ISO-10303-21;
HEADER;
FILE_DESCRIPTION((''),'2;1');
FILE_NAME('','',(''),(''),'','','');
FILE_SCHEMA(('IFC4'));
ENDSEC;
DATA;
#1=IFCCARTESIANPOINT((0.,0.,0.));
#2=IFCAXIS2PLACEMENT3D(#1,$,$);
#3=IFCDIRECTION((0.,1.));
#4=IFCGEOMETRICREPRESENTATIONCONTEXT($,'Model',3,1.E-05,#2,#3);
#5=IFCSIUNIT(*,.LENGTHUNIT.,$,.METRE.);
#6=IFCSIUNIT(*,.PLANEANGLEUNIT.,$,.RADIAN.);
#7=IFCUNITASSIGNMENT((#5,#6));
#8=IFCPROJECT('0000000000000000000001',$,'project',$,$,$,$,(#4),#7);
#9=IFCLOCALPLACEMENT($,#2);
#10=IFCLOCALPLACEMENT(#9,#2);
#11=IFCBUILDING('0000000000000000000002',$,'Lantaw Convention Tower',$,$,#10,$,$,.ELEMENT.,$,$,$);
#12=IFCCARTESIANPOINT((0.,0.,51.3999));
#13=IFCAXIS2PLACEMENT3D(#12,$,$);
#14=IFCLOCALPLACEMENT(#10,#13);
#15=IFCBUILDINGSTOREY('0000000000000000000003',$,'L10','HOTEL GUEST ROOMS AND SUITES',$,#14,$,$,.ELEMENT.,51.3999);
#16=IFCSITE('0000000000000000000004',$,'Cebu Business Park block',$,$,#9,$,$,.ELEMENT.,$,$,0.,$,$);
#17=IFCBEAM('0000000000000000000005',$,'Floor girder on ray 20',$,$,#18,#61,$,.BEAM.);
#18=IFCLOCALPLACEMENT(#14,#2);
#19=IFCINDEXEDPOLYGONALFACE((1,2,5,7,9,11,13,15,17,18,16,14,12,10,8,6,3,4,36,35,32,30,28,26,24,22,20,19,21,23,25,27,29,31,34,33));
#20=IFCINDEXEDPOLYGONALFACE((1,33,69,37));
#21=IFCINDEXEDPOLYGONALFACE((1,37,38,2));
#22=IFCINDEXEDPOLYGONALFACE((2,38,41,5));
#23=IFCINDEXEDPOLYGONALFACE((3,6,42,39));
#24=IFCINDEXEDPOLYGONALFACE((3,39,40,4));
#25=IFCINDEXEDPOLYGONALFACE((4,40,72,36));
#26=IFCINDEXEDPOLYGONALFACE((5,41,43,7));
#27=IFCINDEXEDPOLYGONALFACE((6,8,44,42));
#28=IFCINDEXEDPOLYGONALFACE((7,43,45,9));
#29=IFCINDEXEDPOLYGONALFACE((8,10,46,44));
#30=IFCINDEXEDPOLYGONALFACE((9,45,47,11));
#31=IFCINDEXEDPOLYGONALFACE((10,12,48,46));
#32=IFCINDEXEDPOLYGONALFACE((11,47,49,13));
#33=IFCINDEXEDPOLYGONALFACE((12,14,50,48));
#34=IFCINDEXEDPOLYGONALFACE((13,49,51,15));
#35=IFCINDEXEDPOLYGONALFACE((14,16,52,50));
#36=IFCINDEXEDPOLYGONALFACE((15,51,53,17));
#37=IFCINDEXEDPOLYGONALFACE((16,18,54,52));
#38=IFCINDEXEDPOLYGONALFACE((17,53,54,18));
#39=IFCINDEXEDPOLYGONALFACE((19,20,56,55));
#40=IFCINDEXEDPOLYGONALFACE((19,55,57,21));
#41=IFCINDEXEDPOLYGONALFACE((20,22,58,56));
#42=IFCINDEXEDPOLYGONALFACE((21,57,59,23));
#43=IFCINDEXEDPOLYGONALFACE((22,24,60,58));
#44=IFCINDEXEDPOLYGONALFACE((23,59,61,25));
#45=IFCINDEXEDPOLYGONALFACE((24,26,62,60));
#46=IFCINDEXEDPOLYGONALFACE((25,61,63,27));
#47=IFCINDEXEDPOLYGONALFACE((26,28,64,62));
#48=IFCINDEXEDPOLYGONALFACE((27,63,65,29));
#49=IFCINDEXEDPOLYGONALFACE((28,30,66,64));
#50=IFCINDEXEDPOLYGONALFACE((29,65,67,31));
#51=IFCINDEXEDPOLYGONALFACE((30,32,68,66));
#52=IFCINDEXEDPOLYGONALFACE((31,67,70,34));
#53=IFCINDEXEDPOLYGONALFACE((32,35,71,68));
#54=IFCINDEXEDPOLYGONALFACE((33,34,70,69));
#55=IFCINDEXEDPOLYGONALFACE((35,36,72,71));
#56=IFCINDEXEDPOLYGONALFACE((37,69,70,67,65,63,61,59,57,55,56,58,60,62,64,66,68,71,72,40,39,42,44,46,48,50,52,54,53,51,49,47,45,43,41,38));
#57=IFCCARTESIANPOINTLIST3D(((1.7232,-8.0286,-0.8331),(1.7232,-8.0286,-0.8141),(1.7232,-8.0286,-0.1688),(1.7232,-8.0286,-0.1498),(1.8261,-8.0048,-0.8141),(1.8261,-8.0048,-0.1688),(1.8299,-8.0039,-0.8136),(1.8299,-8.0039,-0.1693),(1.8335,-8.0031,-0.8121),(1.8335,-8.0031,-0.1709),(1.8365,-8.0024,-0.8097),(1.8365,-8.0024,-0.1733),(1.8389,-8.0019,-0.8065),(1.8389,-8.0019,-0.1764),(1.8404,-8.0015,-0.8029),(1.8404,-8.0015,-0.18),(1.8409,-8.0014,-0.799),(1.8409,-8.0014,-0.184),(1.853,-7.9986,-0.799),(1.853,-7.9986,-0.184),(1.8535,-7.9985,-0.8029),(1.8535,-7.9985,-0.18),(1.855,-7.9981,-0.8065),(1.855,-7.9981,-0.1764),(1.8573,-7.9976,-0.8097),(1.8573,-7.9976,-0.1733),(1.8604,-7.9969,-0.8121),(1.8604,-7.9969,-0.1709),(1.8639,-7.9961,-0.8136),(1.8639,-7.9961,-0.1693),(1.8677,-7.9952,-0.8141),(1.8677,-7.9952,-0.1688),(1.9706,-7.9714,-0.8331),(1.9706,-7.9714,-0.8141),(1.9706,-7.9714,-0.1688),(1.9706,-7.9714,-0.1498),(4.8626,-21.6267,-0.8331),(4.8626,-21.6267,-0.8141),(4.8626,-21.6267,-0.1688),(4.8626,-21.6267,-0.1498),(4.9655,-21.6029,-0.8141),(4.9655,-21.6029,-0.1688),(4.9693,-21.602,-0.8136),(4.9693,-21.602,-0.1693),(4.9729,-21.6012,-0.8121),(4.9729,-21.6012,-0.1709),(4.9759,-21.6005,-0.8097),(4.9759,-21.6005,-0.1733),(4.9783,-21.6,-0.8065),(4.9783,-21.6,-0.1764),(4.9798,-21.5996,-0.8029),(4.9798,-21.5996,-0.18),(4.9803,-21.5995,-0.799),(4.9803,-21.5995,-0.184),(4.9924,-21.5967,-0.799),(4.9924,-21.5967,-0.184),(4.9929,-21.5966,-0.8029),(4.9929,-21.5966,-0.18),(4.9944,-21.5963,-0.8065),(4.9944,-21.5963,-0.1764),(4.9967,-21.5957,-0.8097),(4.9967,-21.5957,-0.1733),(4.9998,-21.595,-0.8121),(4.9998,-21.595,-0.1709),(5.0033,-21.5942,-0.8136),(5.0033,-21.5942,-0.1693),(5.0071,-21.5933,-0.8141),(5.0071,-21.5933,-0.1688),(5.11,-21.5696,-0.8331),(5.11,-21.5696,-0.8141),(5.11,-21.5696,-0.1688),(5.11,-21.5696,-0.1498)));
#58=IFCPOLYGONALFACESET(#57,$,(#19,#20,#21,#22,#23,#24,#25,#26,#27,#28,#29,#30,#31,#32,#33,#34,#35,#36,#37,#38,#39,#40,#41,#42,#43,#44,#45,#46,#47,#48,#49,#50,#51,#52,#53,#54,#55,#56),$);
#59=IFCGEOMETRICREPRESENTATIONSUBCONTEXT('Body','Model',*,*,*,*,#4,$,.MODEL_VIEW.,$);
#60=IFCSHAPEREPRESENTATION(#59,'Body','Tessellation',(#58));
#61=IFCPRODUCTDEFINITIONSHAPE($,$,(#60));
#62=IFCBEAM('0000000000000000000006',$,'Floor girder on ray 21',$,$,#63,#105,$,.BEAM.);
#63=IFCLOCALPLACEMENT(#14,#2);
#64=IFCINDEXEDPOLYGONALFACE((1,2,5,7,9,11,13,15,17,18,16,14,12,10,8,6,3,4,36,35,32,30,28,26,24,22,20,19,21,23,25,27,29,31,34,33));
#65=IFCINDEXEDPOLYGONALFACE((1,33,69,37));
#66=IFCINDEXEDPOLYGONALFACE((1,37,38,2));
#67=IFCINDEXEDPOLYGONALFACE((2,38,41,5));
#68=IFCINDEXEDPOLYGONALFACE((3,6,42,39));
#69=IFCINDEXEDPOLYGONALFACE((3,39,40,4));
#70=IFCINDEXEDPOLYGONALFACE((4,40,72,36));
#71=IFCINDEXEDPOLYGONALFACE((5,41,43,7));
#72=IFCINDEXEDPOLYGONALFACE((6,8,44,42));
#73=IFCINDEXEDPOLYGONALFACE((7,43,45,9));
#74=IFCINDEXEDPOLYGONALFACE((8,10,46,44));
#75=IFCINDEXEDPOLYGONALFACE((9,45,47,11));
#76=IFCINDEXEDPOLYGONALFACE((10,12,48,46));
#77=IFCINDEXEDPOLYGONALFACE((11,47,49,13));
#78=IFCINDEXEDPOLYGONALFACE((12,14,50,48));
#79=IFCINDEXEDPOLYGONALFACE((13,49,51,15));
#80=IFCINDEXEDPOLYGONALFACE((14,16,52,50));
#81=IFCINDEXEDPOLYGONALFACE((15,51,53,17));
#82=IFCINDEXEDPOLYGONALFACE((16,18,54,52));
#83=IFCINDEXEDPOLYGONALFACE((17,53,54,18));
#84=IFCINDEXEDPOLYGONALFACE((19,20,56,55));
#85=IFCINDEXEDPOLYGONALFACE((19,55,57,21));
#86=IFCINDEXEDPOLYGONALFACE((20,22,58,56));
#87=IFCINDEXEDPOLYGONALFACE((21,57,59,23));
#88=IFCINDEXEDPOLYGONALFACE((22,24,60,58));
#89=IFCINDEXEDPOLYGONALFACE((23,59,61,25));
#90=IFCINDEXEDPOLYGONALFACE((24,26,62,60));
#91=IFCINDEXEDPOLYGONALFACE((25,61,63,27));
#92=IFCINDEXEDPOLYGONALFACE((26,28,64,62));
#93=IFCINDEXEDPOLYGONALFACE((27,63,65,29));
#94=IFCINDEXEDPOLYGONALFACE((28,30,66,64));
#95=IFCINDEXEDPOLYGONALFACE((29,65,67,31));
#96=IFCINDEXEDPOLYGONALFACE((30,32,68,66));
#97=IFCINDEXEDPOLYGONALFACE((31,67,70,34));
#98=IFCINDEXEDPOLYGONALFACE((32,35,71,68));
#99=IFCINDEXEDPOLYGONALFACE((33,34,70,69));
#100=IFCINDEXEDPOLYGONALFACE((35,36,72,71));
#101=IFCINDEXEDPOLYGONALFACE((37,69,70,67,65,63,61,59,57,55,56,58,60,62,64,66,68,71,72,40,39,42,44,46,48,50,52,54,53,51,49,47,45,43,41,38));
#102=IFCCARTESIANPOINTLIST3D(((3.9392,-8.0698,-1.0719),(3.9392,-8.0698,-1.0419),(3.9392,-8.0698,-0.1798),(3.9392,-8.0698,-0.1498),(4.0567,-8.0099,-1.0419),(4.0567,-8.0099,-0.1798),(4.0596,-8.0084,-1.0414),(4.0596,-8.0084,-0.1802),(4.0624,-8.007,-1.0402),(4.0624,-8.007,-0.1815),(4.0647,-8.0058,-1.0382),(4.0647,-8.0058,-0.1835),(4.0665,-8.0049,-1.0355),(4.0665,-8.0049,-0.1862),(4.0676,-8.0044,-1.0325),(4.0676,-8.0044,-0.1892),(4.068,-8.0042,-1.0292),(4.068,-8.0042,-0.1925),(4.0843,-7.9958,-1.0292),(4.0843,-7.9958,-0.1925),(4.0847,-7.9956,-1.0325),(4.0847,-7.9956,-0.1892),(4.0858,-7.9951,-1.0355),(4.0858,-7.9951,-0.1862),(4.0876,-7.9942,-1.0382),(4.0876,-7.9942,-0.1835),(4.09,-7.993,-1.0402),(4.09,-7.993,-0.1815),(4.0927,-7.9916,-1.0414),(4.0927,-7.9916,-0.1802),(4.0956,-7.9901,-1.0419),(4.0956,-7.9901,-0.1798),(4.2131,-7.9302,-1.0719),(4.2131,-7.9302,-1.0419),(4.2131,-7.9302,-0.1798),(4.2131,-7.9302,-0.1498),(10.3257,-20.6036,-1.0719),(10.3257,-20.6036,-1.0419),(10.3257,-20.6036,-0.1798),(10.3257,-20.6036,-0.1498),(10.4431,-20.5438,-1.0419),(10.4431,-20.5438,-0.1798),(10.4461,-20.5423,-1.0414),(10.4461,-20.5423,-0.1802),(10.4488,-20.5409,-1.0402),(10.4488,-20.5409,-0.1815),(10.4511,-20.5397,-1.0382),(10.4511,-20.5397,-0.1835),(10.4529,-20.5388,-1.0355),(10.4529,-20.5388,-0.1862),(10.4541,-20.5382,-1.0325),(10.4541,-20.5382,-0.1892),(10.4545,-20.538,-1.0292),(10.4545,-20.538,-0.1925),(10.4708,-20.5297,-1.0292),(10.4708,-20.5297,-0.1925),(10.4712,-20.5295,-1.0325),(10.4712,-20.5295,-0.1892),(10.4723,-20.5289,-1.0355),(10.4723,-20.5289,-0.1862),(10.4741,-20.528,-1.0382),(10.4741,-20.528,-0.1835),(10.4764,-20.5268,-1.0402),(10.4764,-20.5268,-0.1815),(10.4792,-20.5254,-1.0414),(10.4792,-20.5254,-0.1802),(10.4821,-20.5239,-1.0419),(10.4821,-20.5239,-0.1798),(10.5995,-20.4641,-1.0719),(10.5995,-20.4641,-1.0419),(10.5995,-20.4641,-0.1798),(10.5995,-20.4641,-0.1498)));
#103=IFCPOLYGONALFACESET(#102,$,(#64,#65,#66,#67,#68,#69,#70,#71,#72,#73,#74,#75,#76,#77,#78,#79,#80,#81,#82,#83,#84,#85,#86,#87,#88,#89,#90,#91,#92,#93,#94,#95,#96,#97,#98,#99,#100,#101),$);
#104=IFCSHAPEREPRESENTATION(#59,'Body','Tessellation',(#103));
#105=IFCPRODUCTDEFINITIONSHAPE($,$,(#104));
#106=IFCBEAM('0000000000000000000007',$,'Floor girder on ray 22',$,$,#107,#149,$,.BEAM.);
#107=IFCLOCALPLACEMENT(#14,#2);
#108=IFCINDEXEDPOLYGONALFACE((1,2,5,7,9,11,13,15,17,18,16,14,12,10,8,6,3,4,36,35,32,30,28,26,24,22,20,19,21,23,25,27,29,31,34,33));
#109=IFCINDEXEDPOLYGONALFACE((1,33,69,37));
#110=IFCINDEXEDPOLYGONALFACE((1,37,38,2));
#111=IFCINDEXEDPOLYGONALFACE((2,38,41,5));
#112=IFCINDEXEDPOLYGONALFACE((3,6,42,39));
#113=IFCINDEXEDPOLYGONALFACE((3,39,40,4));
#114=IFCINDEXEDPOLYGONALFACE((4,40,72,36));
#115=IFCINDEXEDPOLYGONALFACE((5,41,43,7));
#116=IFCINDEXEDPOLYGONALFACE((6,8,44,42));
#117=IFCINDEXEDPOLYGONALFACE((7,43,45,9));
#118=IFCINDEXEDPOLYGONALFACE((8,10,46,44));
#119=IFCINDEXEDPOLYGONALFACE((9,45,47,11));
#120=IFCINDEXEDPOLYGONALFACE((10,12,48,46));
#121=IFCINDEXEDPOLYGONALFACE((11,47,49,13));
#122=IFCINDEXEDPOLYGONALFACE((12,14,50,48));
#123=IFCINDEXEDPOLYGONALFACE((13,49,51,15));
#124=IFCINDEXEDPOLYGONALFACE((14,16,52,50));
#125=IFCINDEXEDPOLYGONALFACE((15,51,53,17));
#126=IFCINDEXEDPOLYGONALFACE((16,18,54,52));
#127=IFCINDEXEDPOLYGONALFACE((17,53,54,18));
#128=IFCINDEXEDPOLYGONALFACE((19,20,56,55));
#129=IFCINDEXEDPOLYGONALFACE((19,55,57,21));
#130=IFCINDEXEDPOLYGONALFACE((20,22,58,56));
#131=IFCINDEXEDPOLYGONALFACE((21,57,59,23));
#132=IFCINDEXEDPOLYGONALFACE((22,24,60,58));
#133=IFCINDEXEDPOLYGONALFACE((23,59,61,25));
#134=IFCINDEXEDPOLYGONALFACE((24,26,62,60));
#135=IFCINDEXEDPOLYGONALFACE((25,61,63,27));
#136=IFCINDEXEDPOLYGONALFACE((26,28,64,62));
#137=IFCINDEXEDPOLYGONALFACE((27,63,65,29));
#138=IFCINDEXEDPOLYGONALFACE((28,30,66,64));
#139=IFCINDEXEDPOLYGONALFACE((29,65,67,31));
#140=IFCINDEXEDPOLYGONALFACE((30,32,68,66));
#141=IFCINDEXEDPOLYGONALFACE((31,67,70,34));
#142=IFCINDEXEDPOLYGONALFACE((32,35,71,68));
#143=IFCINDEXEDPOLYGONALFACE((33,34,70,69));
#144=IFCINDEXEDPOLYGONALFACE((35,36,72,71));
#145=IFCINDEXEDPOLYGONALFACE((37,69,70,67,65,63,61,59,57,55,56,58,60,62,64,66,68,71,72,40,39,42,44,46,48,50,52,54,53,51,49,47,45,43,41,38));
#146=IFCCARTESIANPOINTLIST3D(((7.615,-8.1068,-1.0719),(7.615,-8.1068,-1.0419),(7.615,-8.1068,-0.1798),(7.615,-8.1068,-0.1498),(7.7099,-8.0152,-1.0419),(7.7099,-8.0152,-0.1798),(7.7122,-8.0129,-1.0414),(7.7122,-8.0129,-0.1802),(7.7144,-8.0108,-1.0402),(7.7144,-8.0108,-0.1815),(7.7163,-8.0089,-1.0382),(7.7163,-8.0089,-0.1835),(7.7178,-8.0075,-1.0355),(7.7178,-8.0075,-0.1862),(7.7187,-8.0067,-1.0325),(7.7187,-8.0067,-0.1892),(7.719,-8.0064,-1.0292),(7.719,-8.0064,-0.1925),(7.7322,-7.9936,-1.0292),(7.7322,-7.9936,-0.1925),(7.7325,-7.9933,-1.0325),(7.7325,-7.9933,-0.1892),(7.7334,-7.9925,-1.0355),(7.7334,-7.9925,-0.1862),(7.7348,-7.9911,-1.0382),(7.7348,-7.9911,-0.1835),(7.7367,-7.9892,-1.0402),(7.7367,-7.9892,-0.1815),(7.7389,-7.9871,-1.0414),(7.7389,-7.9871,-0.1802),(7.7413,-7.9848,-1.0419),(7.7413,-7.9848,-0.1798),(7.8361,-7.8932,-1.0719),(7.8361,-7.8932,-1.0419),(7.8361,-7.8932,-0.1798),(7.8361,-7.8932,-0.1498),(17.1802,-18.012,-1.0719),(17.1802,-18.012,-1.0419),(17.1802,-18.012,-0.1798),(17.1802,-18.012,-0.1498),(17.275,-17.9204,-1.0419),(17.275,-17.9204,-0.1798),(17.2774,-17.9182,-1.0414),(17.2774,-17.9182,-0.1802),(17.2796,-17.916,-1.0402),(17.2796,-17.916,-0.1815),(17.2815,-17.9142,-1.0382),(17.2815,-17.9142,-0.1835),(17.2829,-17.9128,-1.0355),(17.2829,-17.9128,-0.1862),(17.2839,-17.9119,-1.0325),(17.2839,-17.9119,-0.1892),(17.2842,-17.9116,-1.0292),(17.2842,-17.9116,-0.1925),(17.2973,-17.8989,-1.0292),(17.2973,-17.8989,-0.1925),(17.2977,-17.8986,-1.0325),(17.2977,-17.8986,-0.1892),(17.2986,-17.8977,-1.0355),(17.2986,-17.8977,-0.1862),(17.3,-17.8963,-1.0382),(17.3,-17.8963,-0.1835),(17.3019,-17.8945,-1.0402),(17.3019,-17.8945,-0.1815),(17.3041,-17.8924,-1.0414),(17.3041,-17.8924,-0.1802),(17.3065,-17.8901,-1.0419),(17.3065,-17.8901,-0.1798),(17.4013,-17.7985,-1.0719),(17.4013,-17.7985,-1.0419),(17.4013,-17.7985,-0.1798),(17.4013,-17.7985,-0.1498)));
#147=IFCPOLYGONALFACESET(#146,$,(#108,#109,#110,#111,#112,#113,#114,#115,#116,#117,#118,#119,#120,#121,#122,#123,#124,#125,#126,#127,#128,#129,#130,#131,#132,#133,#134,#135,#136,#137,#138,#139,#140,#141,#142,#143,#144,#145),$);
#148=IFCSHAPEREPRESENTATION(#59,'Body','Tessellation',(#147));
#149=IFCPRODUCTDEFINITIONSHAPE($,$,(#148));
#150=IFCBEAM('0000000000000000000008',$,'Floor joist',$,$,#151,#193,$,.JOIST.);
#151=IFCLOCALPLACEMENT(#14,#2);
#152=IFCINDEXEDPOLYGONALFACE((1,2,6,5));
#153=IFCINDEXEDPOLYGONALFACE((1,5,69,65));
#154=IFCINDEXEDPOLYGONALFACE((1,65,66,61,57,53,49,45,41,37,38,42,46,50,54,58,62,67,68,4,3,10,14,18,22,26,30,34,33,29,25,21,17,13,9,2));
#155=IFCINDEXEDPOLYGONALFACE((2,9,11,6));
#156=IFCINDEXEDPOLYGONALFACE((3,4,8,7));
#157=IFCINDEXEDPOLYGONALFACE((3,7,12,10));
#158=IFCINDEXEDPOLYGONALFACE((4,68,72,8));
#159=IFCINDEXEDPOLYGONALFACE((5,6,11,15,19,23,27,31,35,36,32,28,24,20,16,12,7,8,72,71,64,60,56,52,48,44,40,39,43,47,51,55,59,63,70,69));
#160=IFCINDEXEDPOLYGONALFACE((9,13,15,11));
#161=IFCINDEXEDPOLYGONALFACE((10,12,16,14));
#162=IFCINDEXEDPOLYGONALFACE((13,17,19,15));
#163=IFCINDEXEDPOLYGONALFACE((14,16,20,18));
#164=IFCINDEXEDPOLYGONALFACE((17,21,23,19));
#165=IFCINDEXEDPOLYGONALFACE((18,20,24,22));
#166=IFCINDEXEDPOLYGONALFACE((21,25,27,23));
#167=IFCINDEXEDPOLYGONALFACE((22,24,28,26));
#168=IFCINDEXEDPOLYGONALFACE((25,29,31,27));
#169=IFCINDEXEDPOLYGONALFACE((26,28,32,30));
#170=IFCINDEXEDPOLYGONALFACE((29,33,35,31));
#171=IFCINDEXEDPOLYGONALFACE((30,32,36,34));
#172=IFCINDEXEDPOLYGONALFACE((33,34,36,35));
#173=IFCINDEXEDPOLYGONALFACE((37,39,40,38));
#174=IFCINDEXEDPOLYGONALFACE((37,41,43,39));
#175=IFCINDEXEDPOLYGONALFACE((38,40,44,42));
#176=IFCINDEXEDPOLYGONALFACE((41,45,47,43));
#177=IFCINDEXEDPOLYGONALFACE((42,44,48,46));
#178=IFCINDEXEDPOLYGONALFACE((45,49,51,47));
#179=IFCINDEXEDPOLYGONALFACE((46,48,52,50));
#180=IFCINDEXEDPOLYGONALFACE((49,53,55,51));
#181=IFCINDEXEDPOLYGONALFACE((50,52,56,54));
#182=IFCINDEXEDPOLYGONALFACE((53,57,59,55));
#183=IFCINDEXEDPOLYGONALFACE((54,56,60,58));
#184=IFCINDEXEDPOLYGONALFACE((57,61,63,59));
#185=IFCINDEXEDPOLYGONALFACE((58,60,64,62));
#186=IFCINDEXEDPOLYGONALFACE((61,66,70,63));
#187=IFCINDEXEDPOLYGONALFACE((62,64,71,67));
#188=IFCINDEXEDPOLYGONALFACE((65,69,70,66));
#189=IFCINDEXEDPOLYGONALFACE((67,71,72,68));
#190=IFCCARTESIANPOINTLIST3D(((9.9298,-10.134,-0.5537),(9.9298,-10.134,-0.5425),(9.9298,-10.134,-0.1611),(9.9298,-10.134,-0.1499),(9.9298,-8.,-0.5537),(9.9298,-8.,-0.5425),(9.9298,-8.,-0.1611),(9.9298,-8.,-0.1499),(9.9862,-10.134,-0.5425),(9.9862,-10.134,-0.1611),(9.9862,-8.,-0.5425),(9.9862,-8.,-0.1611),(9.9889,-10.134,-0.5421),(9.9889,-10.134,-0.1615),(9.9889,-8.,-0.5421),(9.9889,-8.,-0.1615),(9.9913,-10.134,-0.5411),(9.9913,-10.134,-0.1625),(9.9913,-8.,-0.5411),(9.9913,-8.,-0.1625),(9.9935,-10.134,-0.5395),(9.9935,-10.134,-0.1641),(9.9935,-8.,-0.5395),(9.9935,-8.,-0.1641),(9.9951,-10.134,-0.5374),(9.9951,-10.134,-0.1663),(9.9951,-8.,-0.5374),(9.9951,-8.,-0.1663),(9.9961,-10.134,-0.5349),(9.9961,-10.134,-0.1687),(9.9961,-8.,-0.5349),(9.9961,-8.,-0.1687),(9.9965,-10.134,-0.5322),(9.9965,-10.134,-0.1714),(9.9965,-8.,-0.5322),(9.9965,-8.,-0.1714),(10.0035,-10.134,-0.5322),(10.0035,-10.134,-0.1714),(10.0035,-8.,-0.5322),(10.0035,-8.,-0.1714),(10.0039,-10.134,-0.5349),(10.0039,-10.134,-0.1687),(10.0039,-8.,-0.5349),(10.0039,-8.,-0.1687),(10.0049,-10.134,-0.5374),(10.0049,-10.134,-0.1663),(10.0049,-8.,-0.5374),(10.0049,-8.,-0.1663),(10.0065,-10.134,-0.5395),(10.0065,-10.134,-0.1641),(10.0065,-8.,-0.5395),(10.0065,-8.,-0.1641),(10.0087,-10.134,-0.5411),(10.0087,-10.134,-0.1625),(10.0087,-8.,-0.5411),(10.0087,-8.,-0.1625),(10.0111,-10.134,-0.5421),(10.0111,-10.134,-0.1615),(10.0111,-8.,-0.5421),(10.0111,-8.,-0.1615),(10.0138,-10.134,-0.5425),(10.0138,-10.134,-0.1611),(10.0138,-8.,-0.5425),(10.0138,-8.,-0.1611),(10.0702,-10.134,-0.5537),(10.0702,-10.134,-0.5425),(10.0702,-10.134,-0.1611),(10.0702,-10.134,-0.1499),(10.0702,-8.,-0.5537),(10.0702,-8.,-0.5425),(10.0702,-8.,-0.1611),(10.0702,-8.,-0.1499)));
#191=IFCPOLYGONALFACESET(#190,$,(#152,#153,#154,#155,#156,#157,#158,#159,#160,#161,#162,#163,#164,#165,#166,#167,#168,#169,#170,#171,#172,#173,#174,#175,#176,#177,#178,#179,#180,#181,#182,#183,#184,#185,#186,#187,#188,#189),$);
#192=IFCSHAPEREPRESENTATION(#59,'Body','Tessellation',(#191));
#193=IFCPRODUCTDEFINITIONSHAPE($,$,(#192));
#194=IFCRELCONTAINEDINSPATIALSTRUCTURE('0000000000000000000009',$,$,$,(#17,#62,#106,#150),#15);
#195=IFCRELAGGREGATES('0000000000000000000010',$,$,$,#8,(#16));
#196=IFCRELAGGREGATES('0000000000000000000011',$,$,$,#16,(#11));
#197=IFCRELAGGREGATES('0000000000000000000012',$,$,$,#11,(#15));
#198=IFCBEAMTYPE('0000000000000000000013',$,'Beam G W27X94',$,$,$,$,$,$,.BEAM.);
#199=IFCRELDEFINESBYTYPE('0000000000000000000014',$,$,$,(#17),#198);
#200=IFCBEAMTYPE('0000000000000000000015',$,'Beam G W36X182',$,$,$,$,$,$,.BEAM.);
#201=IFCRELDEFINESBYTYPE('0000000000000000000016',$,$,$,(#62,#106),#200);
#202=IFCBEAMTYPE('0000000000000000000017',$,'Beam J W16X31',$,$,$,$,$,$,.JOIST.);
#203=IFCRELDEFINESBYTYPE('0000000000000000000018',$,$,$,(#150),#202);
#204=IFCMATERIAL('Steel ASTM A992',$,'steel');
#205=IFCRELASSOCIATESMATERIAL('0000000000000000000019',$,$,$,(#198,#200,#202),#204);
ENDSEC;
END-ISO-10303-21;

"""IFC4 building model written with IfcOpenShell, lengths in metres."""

from ifc_helpers import new_model, si_unit, direction, frame, origin, origin_2d, place, context, subcontext, project, spatial, i_section, extrude, material, material_profile, profile_set, type_object, element, save


model = new_model("IFC4")

# Units and contexts
model_context = context("Model", 3, precision=1e-05, world=origin(), true_north=direction((0.0, 1.0)))
body_context = subcontext(model_context, "Body", "Model", "MODEL_VIEW")
ifc_project = project(units=[si_unit("LENGTHUNIT", "METRE"), si_unit("PLANEANGLEUNIT", "RADIAN")], contexts=[model_context])

# Site, building, storey
site_placement = place(None, origin())
site = spatial("IfcSite", under=ifc_project, at=site_placement, Name="Cebu Business Park block", CompositionType="ELEMENT", RefElevation=0.0)
building_placement = place(site_placement, origin())
building = spatial("IfcBuilding", under=site, at=building_placement, Name="Lantaw Convention Tower", CompositionType="ELEMENT")
storey_placement = place(building_placement, frame((0.0, 0.0, 51.3999)))
storey = spatial("IfcBuildingStorey", under=building, at=storey_placement, Name="L10", Description="HOTEL GUEST ROOMS AND SUITES", CompositionType="ELEMENT", Elevation=51.3999)

# Beams
ifc_material_1 = material(Name="Steel ASTM A992", Category="steel")
ifc_material_profile_1 = material_profile(ifc_material_1, i_section(OverallWidth=0.2539, OverallDepth=0.6833, WebThickness=0.0125, FlangeThickness=0.019, FilletRadius=0.0151, at=origin_2d()), Name="W27X94")
ifc_profile_set_1 = profile_set([ifc_material_profile_1], Name="Steel ASTM A992")
beam_type_1 = type_object("IfcBeamType", Name="Beam G W27X94", PredefinedType="BEAM", material=ifc_profile_set_1)
beam_1_placement = place(storey_placement, frame((1.8469, -8.0, -0.4915), z_axis=(0.224953, -0.97437, 0.0), x_axis=(0.97437, 0.224953, 0.0)))
element("IfcBeam", 1, at=beam_1_placement, inside=storey, type_object=beam_type_1, Name="Floor girder on ray 20", PredefinedType="BEAM", context=body_context, shape_type="SweptSolid", body=[
    extrude(i_section(OverallWidth=0.2539, OverallDepth=0.6833, WebThickness=0.0125, FlangeThickness=0.019, FilletRadius=0.0151, at=origin_2d()), origin(), (0.0, 0.0, 1.0), 13.9558),
])
ifc_material_profile_2 = material_profile(ifc_material_1, i_section(OverallWidth=0.3074, OverallDepth=0.9221, WebThickness=0.0183, FlangeThickness=0.03, FilletRadius=0.0127, at=origin_2d()), Name="W36X182")
ifc_profile_set_2 = profile_set([ifc_material_profile_2], Name="Steel ASTM A992")
beam_type_2 = type_object("IfcBeamType", Name="Beam G W36X182", PredefinedType="BEAM", material=ifc_profile_set_2)
beam_2_placement = place(storey_placement, frame((4.0762, -8.0, -0.6108), z_axis=(0.453997, -0.891003, 0.0), x_axis=(0.891003, 0.453997, 0.0)))
element("IfcBeam", 2, at=beam_2_placement, inside=storey, type_object=beam_type_2, Name="Floor girder on ray 21", PredefinedType="BEAM", context=body_context, shape_type="SweptSolid", body=[
    extrude(i_section(OverallWidth=0.3074, OverallDepth=0.9221, WebThickness=0.0183, FlangeThickness=0.03, FilletRadius=0.0127, at=origin_2d()), origin(), (0.0, 0.0, 1.0), 14.0671),
])
beam_3_placement = place(storey_placement, frame((7.7256, -8.0, -0.6108), z_axis=(0.69465, -0.719348, 0.0), x_axis=(0.719348, 0.69465, 0.0)))
element("IfcBeam", 3, at=beam_3_placement, inside=storey, type_object=beam_type_2, Name="Floor girder on ray 22", PredefinedType="BEAM", context=body_context, shape_type="SweptSolid", body=[
    extrude(i_section(OverallWidth=0.3074, OverallDepth=0.9221, WebThickness=0.0183, FlangeThickness=0.03, FilletRadius=0.0127, at=origin_2d()), origin(), (0.0, 0.0, 1.0), 13.7698),
])
ifc_material_profile_3 = material_profile(ifc_material_1, i_section(OverallWidth=0.1404, OverallDepth=0.4038, WebThickness=0.0071, FlangeThickness=0.0112, FilletRadius=0.0103, at=origin_2d()), Name="W16X31")
ifc_profile_set_3 = profile_set([ifc_material_profile_3], Name="Steel ASTM A992")
beam_type_3 = type_object("IfcBeamType", Name="Beam J W16X31", PredefinedType="JOIST", material=ifc_profile_set_3)
beam_4_placement = place(storey_placement, frame((10.0, -10.134, -0.3518), z_axis=(0.0, 1.0, 0.0), x_axis=(-1.0, 0.0, 0.0)))
element("IfcBeam", 4, at=beam_4_placement, inside=storey, type_object=beam_type_3, Name="Floor joist", PredefinedType="JOIST", context=body_context, shape_type="SweptSolid", body=[
    extrude(i_section(OverallWidth=0.1404, OverallDepth=0.4038, WebThickness=0.0071, FlangeThickness=0.0112, FilletRadius=0.0103, at=origin_2d()), origin(), (0.0, 0.0, 1.0), 2.134),
])

save(model, "model.ifc")
